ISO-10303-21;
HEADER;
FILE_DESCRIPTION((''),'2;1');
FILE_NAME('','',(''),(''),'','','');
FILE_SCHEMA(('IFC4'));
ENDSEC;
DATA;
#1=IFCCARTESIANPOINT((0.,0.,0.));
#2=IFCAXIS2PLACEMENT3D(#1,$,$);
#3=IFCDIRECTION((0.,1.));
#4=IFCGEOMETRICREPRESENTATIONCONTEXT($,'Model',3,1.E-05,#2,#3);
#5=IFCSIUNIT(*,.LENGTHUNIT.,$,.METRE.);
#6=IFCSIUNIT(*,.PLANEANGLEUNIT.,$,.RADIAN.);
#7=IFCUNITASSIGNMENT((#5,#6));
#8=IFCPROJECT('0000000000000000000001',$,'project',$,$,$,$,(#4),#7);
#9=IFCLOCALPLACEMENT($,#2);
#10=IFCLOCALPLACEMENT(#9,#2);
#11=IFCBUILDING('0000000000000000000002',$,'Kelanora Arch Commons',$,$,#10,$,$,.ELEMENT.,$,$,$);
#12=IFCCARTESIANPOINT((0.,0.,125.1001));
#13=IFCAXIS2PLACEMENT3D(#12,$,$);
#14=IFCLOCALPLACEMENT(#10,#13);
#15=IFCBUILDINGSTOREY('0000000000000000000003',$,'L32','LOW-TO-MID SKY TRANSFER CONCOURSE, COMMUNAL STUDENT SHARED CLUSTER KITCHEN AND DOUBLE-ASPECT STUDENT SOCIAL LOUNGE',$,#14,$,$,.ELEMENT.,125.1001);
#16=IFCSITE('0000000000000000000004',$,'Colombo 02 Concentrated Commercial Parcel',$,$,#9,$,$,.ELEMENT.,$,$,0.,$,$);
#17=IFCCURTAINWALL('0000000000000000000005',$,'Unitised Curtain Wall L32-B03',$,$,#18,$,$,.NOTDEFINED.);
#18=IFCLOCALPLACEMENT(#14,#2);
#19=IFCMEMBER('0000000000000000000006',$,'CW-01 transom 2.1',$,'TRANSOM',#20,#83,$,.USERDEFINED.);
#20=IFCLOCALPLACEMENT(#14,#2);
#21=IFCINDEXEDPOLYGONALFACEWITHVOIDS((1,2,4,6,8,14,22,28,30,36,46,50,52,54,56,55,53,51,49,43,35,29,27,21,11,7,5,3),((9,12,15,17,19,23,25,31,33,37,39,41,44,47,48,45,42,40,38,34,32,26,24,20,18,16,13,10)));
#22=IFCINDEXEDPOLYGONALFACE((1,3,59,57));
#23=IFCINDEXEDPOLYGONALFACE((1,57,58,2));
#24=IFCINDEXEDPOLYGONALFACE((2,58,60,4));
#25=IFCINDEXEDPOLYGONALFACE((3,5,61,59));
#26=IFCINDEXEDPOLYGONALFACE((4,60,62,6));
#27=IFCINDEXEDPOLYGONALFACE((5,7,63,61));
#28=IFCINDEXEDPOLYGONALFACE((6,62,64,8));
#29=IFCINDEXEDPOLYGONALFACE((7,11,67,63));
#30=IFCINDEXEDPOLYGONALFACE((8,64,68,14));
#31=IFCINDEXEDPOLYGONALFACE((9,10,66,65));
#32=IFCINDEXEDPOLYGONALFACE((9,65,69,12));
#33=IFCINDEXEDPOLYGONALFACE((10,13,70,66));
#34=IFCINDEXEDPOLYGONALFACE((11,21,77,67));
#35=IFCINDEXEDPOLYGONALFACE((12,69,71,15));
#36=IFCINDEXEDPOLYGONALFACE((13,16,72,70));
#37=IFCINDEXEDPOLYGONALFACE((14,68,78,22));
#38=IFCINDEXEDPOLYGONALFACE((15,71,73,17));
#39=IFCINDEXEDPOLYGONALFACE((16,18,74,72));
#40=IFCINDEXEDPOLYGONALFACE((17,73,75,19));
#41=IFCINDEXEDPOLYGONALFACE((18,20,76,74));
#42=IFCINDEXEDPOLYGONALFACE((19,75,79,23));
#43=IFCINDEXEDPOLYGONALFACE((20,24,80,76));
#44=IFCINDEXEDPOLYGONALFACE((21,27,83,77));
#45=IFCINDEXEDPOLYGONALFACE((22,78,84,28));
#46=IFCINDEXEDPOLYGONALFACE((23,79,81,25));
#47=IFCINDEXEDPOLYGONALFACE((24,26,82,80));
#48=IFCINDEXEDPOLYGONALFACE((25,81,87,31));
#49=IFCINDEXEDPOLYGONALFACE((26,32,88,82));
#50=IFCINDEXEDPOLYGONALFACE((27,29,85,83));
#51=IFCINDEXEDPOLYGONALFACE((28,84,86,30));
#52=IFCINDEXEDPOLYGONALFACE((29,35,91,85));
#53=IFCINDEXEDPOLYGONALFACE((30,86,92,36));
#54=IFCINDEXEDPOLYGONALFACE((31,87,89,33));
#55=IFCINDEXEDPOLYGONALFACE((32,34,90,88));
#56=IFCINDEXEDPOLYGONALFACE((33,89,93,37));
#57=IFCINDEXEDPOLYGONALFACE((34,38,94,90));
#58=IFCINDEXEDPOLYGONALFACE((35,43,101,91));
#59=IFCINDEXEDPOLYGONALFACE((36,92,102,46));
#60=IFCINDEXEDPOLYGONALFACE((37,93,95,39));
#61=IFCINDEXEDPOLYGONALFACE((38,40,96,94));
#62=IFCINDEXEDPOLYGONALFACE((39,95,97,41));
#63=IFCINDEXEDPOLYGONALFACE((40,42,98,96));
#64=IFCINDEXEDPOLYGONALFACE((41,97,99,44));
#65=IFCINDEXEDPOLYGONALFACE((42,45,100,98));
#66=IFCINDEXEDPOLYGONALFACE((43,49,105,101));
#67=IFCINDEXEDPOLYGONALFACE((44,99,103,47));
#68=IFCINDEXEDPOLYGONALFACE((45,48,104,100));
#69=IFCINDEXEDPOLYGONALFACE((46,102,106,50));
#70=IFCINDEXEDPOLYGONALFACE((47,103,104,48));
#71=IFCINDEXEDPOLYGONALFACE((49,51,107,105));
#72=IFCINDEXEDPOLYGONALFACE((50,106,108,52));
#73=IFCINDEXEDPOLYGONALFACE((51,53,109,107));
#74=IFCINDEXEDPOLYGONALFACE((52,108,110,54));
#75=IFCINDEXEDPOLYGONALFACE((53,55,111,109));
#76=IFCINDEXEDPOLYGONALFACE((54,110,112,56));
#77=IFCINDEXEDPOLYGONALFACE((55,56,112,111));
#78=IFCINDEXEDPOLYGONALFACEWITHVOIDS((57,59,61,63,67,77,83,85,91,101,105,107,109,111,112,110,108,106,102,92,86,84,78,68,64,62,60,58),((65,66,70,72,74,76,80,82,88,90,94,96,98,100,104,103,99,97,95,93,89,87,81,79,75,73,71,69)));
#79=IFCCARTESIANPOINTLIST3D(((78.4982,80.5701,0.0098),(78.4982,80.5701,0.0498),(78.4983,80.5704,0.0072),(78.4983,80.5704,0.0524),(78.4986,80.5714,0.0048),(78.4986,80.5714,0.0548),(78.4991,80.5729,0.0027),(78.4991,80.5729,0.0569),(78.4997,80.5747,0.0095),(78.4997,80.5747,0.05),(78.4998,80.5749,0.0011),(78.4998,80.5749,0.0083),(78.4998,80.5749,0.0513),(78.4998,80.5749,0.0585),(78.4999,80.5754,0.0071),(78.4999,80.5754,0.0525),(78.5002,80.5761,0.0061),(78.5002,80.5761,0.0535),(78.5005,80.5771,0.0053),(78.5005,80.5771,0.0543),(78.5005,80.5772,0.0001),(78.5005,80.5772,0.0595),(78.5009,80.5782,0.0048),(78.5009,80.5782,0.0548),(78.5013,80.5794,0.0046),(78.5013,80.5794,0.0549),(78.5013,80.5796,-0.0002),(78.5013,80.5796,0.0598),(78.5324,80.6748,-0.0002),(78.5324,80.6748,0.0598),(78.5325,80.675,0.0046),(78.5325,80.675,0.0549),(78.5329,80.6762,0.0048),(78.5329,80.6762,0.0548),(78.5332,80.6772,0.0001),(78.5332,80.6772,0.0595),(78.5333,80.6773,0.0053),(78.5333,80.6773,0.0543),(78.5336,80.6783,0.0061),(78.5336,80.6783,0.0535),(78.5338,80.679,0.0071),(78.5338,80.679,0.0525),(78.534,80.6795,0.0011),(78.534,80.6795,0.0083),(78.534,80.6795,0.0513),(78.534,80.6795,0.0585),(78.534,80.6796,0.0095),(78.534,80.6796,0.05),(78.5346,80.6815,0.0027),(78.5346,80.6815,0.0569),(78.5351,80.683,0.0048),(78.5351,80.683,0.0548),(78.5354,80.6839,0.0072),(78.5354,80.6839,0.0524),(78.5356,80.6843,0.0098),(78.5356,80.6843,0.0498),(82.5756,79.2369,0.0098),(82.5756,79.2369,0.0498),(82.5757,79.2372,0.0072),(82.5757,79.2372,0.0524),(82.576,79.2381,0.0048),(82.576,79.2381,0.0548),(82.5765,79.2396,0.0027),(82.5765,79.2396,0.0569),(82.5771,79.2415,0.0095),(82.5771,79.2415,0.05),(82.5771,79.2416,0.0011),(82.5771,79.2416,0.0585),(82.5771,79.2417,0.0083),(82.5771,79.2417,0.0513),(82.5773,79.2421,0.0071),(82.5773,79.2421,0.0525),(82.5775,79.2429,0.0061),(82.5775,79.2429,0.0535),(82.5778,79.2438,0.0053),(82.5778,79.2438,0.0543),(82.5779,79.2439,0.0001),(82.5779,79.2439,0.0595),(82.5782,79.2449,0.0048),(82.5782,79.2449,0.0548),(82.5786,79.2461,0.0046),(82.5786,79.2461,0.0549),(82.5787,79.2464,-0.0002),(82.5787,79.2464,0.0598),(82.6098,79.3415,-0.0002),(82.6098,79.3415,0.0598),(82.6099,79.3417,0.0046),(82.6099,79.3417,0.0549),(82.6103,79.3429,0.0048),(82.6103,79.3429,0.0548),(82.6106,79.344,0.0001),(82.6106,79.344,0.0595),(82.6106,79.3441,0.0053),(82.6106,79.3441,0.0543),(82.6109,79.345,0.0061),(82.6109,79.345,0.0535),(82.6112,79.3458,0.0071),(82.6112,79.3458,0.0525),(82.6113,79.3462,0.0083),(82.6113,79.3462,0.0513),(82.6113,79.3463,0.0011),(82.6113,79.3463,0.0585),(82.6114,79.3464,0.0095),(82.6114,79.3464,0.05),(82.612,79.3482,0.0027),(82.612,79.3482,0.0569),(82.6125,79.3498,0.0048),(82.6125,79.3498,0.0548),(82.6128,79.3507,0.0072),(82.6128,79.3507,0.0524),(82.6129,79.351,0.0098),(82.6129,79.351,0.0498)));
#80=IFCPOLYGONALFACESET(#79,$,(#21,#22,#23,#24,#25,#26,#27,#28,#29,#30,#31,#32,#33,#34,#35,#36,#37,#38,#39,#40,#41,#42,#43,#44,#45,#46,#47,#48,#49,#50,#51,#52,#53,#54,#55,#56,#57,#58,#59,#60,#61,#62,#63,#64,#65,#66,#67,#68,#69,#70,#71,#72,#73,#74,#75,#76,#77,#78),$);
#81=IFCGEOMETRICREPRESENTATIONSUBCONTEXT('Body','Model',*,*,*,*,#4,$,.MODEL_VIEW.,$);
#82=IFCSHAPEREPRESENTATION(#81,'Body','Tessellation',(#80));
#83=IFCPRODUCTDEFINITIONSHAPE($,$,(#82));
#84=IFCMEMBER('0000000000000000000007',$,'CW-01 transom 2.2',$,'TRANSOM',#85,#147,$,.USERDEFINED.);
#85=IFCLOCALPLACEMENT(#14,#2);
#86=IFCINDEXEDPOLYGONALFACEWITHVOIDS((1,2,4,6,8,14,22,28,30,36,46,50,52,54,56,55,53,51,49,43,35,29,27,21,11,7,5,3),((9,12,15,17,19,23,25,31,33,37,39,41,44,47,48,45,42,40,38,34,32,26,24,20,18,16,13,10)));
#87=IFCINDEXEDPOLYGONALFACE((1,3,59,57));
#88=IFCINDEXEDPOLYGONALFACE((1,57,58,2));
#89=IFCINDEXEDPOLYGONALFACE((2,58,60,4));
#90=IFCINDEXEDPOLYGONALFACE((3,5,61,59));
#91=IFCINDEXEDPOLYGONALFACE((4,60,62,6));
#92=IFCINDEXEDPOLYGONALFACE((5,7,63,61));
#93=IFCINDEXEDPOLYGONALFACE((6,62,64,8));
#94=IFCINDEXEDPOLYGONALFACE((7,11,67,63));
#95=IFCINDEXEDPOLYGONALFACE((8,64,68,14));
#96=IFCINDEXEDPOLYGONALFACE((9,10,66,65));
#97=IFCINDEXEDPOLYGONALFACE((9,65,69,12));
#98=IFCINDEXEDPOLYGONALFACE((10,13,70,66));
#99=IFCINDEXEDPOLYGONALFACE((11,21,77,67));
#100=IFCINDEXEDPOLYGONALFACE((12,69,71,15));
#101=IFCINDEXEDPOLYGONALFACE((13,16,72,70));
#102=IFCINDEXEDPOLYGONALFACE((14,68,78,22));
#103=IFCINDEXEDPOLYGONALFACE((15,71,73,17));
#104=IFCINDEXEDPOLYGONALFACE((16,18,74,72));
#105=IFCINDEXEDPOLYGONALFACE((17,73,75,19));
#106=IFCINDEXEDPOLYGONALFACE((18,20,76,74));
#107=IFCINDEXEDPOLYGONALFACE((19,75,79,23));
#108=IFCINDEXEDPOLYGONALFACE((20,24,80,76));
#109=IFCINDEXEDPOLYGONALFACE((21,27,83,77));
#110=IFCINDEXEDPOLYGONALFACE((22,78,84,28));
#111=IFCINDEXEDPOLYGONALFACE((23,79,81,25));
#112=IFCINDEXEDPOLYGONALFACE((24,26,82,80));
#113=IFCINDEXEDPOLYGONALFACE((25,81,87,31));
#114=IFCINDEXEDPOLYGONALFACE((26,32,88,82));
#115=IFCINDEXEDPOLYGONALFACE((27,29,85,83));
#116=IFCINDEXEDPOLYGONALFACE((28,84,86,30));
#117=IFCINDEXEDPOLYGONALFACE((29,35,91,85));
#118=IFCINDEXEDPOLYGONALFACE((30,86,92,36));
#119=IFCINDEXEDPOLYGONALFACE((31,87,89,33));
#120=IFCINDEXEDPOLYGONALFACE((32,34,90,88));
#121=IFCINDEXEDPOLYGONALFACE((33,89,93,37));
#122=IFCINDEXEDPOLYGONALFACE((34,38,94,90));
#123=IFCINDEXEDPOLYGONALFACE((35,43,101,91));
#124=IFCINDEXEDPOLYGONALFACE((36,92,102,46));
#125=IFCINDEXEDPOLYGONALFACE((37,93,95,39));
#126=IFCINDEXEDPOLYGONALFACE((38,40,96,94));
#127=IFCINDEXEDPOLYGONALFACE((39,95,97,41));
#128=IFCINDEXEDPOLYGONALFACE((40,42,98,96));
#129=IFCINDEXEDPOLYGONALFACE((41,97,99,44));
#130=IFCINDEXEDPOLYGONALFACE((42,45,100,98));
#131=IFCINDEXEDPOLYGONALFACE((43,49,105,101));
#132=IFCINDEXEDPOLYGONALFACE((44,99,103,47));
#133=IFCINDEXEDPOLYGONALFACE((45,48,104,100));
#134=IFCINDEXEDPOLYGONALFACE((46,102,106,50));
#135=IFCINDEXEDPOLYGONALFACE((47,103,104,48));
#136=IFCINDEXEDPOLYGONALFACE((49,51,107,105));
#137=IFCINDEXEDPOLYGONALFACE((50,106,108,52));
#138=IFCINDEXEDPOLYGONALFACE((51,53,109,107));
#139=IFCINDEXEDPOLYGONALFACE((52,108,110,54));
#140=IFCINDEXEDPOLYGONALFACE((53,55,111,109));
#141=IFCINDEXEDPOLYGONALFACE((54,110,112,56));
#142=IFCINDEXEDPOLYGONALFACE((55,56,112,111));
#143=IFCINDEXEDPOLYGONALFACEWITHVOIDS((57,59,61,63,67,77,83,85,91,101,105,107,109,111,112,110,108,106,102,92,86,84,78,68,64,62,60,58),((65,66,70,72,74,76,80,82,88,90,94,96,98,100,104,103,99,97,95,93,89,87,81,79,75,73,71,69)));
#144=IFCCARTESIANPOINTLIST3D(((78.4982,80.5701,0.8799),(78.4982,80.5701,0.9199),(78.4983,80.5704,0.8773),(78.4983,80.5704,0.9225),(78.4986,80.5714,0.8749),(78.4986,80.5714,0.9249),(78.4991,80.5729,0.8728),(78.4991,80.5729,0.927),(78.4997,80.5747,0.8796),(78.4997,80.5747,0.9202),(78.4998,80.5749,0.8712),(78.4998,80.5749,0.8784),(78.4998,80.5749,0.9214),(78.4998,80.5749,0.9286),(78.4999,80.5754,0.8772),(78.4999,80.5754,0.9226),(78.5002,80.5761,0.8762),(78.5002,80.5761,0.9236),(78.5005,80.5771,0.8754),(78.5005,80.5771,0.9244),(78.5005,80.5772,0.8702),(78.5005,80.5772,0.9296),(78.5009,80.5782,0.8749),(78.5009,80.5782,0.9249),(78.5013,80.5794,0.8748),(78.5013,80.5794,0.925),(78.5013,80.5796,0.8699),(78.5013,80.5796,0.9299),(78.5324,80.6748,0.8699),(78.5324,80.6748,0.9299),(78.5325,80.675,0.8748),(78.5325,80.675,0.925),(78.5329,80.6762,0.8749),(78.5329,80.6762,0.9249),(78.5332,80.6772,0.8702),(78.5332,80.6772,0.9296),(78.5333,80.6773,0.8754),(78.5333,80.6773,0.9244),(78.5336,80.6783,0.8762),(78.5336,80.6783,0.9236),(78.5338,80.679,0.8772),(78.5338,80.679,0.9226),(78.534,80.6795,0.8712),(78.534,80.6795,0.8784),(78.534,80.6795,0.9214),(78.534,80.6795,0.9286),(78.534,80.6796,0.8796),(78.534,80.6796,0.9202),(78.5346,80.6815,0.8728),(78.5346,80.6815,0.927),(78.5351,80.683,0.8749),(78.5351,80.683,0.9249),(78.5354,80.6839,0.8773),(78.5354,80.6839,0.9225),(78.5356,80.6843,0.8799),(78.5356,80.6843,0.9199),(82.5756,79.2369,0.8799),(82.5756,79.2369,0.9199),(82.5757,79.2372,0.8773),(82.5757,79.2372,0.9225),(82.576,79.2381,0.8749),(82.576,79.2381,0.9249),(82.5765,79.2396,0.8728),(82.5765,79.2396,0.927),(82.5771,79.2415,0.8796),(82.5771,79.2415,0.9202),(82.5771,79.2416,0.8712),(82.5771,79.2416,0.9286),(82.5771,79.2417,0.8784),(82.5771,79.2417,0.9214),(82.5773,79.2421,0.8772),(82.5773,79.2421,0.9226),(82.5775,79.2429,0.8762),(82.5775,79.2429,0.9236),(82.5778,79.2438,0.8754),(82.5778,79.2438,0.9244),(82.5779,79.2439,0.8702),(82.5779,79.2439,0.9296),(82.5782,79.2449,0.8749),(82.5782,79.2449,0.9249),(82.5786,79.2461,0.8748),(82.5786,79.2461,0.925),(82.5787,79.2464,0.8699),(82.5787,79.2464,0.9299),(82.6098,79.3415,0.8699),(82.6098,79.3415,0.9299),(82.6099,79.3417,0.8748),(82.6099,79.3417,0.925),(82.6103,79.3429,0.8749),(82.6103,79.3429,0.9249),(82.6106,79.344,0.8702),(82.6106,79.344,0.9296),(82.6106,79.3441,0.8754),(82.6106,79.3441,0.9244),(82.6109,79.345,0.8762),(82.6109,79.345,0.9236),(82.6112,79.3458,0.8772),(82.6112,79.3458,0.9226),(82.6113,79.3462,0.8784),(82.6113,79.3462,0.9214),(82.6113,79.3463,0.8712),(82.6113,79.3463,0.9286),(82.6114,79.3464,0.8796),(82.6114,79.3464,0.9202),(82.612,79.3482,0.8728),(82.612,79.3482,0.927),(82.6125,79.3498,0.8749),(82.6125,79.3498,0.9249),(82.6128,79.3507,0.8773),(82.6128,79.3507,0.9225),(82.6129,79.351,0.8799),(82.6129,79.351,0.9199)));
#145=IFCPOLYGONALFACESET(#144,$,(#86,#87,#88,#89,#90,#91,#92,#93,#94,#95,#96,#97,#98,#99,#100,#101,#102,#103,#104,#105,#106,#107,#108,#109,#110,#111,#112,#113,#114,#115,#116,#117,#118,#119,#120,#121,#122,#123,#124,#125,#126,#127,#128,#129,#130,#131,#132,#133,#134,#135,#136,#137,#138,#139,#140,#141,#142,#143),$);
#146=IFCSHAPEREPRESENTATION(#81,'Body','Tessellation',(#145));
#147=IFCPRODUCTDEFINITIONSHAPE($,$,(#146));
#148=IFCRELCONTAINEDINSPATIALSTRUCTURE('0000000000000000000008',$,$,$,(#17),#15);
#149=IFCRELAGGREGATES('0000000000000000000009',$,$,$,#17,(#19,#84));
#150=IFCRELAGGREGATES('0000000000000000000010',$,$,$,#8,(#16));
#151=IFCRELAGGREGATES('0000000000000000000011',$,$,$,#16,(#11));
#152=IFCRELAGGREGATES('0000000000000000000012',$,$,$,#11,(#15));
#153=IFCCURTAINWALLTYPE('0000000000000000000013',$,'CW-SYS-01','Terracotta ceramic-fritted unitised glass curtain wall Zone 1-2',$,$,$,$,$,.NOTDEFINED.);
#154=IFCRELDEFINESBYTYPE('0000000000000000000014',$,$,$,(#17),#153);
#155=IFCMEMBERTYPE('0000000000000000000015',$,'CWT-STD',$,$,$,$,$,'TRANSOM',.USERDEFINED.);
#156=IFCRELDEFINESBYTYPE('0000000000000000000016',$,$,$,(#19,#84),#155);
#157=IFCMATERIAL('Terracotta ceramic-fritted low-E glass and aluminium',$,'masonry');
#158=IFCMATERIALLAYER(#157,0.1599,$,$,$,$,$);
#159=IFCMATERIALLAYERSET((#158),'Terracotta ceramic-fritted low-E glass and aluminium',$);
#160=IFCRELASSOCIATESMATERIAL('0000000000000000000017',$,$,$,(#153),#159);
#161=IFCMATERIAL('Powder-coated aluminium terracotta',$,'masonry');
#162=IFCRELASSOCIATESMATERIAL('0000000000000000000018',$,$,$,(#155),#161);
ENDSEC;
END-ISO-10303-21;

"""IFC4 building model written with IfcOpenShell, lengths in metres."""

from ifc_helpers import new_model, si_unit, direction, frame, origin, origin_2d, place, context, subcontext, project, spatial, hollow_rectangle, extrude, material, layer, layer_set, material_profile, profile_set, type_object, element, aggregate, save


model = new_model("IFC4")

# Units and contexts
model_context = context("Model", 3, precision=1e-05, world=origin(), true_north=direction((0.0, 1.0)))
body_context = subcontext(model_context, "Body", "Model", "MODEL_VIEW")
ifc_project = project(units=[si_unit("LENGTHUNIT", "METRE"), si_unit("PLANEANGLEUNIT", "RADIAN")], contexts=[model_context])

# Site, building, storey
site_placement = place(None, origin())
site = spatial("IfcSite", under=ifc_project, at=site_placement, Name="Colombo 02 Concentrated Commercial Parcel", CompositionType="ELEMENT", RefElevation=0.0)
building_placement = place(site_placement, origin())
building = spatial("IfcBuilding", under=site, at=building_placement, Name="Kelanora Arch Commons", CompositionType="ELEMENT")
storey_placement = place(building_placement, frame((0.0, 0.0, 125.1001)))
storey = spatial("IfcBuildingStorey", under=building, at=storey_placement, Name="L32", Description="LOW-TO-MID SKY TRANSFER CONCOURSE, COMMUNAL STUDENT SHARED CLUSTER KITCHEN AND DOUBLE-ASPECT STUDENT SOCIAL LOUNGE", CompositionType="ELEMENT", Elevation=125.1001)

# Curtain wall, members
ifc_material_1 = material(Name="Terracotta ceramic-fritted low-E glass and aluminium", Category="masonry")
ifc_layer_1 = layer(ifc_material_1, 0.1599)
ifc_layer_set_1 = layer_set([ifc_layer_1], Name="Terracotta ceramic-fritted low-E glass and aluminium")
curtain_wall_type = type_object("IfcCurtainWallType", Name="CW-SYS-01", Description="Terracotta ceramic-fritted unitised glass curtain wall Zone 1-2", PredefinedType="NOTDEFINED", material=ifc_layer_set_1)
curtain_wall_placement = place(storey_placement, origin())
curtain_wall = element("IfcCurtainWall", 1, at=curtain_wall_placement, inside=storey, type_object=curtain_wall_type, Name="Unitised Curtain Wall L32-B03", PredefinedType="NOTDEFINED")
ifc_material_2 = material(Name="Powder-coated aluminium terracotta", Category="masonry")
ifc_material_profile_1 = material_profile(ifc_material_2, hollow_rectangle(XDim=0.1201, YDim=0.0601, WallThickness=0.0049, InnerFilletRadius=0.0049, OuterFilletRadius=0.01, at=origin_2d()), Name="CWT120x60")
ifc_profile_set_1 = profile_set([ifc_material_profile_1], Name="Powder-coated aluminium terracotta")
member_type_1 = type_object("IfcMemberType", Name="CWT-STD", ElementType="TRANSOM", PredefinedType="USERDEFINED", material=ifc_profile_set_1)
member_1_placement = place(storey_placement, frame((82.5942, 79.2939, 0.0298), z_axis=(-0.950478, 0.310793, 0.0), x_axis=(-0.310793, -0.950478, 0.0)))
member_1 = element("IfcMember", 2, at=member_1_placement, type_object=member_type_1, Name="CW-01 transom 2.1", ObjectType="TRANSOM", PredefinedType="USERDEFINED", context=body_context, shape_type="SweptSolid", body=[
    extrude(hollow_rectangle(XDim=0.1201, YDim=0.0601, WallThickness=0.0049, InnerFilletRadius=0.0049, OuterFilletRadius=0.01, at=origin_2d()), origin(), (0.0, 0.0, 1.0), 4.2898),
])
member_2_placement = place(storey_placement, frame((82.5942, 79.2939, 0.8999), z_axis=(-0.950478, 0.310793, 0.0), x_axis=(-0.310793, -0.950478, 0.0)))
member_2 = element("IfcMember", 3, at=member_2_placement, type_object=member_type_1, Name="CW-01 transom 2.2", ObjectType="TRANSOM", PredefinedType="USERDEFINED", context=body_context, shape_type="SweptSolid", body=[
    extrude(hollow_rectangle(XDim=0.1201, YDim=0.0601, WallThickness=0.0049, InnerFilletRadius=0.0049, OuterFilletRadius=0.01, at=origin_2d()), origin(), (0.0, 0.0, 1.0), 4.2898),
])
aggregate(curtain_wall, [member_1, member_2])

save(model, "model.ifc")
